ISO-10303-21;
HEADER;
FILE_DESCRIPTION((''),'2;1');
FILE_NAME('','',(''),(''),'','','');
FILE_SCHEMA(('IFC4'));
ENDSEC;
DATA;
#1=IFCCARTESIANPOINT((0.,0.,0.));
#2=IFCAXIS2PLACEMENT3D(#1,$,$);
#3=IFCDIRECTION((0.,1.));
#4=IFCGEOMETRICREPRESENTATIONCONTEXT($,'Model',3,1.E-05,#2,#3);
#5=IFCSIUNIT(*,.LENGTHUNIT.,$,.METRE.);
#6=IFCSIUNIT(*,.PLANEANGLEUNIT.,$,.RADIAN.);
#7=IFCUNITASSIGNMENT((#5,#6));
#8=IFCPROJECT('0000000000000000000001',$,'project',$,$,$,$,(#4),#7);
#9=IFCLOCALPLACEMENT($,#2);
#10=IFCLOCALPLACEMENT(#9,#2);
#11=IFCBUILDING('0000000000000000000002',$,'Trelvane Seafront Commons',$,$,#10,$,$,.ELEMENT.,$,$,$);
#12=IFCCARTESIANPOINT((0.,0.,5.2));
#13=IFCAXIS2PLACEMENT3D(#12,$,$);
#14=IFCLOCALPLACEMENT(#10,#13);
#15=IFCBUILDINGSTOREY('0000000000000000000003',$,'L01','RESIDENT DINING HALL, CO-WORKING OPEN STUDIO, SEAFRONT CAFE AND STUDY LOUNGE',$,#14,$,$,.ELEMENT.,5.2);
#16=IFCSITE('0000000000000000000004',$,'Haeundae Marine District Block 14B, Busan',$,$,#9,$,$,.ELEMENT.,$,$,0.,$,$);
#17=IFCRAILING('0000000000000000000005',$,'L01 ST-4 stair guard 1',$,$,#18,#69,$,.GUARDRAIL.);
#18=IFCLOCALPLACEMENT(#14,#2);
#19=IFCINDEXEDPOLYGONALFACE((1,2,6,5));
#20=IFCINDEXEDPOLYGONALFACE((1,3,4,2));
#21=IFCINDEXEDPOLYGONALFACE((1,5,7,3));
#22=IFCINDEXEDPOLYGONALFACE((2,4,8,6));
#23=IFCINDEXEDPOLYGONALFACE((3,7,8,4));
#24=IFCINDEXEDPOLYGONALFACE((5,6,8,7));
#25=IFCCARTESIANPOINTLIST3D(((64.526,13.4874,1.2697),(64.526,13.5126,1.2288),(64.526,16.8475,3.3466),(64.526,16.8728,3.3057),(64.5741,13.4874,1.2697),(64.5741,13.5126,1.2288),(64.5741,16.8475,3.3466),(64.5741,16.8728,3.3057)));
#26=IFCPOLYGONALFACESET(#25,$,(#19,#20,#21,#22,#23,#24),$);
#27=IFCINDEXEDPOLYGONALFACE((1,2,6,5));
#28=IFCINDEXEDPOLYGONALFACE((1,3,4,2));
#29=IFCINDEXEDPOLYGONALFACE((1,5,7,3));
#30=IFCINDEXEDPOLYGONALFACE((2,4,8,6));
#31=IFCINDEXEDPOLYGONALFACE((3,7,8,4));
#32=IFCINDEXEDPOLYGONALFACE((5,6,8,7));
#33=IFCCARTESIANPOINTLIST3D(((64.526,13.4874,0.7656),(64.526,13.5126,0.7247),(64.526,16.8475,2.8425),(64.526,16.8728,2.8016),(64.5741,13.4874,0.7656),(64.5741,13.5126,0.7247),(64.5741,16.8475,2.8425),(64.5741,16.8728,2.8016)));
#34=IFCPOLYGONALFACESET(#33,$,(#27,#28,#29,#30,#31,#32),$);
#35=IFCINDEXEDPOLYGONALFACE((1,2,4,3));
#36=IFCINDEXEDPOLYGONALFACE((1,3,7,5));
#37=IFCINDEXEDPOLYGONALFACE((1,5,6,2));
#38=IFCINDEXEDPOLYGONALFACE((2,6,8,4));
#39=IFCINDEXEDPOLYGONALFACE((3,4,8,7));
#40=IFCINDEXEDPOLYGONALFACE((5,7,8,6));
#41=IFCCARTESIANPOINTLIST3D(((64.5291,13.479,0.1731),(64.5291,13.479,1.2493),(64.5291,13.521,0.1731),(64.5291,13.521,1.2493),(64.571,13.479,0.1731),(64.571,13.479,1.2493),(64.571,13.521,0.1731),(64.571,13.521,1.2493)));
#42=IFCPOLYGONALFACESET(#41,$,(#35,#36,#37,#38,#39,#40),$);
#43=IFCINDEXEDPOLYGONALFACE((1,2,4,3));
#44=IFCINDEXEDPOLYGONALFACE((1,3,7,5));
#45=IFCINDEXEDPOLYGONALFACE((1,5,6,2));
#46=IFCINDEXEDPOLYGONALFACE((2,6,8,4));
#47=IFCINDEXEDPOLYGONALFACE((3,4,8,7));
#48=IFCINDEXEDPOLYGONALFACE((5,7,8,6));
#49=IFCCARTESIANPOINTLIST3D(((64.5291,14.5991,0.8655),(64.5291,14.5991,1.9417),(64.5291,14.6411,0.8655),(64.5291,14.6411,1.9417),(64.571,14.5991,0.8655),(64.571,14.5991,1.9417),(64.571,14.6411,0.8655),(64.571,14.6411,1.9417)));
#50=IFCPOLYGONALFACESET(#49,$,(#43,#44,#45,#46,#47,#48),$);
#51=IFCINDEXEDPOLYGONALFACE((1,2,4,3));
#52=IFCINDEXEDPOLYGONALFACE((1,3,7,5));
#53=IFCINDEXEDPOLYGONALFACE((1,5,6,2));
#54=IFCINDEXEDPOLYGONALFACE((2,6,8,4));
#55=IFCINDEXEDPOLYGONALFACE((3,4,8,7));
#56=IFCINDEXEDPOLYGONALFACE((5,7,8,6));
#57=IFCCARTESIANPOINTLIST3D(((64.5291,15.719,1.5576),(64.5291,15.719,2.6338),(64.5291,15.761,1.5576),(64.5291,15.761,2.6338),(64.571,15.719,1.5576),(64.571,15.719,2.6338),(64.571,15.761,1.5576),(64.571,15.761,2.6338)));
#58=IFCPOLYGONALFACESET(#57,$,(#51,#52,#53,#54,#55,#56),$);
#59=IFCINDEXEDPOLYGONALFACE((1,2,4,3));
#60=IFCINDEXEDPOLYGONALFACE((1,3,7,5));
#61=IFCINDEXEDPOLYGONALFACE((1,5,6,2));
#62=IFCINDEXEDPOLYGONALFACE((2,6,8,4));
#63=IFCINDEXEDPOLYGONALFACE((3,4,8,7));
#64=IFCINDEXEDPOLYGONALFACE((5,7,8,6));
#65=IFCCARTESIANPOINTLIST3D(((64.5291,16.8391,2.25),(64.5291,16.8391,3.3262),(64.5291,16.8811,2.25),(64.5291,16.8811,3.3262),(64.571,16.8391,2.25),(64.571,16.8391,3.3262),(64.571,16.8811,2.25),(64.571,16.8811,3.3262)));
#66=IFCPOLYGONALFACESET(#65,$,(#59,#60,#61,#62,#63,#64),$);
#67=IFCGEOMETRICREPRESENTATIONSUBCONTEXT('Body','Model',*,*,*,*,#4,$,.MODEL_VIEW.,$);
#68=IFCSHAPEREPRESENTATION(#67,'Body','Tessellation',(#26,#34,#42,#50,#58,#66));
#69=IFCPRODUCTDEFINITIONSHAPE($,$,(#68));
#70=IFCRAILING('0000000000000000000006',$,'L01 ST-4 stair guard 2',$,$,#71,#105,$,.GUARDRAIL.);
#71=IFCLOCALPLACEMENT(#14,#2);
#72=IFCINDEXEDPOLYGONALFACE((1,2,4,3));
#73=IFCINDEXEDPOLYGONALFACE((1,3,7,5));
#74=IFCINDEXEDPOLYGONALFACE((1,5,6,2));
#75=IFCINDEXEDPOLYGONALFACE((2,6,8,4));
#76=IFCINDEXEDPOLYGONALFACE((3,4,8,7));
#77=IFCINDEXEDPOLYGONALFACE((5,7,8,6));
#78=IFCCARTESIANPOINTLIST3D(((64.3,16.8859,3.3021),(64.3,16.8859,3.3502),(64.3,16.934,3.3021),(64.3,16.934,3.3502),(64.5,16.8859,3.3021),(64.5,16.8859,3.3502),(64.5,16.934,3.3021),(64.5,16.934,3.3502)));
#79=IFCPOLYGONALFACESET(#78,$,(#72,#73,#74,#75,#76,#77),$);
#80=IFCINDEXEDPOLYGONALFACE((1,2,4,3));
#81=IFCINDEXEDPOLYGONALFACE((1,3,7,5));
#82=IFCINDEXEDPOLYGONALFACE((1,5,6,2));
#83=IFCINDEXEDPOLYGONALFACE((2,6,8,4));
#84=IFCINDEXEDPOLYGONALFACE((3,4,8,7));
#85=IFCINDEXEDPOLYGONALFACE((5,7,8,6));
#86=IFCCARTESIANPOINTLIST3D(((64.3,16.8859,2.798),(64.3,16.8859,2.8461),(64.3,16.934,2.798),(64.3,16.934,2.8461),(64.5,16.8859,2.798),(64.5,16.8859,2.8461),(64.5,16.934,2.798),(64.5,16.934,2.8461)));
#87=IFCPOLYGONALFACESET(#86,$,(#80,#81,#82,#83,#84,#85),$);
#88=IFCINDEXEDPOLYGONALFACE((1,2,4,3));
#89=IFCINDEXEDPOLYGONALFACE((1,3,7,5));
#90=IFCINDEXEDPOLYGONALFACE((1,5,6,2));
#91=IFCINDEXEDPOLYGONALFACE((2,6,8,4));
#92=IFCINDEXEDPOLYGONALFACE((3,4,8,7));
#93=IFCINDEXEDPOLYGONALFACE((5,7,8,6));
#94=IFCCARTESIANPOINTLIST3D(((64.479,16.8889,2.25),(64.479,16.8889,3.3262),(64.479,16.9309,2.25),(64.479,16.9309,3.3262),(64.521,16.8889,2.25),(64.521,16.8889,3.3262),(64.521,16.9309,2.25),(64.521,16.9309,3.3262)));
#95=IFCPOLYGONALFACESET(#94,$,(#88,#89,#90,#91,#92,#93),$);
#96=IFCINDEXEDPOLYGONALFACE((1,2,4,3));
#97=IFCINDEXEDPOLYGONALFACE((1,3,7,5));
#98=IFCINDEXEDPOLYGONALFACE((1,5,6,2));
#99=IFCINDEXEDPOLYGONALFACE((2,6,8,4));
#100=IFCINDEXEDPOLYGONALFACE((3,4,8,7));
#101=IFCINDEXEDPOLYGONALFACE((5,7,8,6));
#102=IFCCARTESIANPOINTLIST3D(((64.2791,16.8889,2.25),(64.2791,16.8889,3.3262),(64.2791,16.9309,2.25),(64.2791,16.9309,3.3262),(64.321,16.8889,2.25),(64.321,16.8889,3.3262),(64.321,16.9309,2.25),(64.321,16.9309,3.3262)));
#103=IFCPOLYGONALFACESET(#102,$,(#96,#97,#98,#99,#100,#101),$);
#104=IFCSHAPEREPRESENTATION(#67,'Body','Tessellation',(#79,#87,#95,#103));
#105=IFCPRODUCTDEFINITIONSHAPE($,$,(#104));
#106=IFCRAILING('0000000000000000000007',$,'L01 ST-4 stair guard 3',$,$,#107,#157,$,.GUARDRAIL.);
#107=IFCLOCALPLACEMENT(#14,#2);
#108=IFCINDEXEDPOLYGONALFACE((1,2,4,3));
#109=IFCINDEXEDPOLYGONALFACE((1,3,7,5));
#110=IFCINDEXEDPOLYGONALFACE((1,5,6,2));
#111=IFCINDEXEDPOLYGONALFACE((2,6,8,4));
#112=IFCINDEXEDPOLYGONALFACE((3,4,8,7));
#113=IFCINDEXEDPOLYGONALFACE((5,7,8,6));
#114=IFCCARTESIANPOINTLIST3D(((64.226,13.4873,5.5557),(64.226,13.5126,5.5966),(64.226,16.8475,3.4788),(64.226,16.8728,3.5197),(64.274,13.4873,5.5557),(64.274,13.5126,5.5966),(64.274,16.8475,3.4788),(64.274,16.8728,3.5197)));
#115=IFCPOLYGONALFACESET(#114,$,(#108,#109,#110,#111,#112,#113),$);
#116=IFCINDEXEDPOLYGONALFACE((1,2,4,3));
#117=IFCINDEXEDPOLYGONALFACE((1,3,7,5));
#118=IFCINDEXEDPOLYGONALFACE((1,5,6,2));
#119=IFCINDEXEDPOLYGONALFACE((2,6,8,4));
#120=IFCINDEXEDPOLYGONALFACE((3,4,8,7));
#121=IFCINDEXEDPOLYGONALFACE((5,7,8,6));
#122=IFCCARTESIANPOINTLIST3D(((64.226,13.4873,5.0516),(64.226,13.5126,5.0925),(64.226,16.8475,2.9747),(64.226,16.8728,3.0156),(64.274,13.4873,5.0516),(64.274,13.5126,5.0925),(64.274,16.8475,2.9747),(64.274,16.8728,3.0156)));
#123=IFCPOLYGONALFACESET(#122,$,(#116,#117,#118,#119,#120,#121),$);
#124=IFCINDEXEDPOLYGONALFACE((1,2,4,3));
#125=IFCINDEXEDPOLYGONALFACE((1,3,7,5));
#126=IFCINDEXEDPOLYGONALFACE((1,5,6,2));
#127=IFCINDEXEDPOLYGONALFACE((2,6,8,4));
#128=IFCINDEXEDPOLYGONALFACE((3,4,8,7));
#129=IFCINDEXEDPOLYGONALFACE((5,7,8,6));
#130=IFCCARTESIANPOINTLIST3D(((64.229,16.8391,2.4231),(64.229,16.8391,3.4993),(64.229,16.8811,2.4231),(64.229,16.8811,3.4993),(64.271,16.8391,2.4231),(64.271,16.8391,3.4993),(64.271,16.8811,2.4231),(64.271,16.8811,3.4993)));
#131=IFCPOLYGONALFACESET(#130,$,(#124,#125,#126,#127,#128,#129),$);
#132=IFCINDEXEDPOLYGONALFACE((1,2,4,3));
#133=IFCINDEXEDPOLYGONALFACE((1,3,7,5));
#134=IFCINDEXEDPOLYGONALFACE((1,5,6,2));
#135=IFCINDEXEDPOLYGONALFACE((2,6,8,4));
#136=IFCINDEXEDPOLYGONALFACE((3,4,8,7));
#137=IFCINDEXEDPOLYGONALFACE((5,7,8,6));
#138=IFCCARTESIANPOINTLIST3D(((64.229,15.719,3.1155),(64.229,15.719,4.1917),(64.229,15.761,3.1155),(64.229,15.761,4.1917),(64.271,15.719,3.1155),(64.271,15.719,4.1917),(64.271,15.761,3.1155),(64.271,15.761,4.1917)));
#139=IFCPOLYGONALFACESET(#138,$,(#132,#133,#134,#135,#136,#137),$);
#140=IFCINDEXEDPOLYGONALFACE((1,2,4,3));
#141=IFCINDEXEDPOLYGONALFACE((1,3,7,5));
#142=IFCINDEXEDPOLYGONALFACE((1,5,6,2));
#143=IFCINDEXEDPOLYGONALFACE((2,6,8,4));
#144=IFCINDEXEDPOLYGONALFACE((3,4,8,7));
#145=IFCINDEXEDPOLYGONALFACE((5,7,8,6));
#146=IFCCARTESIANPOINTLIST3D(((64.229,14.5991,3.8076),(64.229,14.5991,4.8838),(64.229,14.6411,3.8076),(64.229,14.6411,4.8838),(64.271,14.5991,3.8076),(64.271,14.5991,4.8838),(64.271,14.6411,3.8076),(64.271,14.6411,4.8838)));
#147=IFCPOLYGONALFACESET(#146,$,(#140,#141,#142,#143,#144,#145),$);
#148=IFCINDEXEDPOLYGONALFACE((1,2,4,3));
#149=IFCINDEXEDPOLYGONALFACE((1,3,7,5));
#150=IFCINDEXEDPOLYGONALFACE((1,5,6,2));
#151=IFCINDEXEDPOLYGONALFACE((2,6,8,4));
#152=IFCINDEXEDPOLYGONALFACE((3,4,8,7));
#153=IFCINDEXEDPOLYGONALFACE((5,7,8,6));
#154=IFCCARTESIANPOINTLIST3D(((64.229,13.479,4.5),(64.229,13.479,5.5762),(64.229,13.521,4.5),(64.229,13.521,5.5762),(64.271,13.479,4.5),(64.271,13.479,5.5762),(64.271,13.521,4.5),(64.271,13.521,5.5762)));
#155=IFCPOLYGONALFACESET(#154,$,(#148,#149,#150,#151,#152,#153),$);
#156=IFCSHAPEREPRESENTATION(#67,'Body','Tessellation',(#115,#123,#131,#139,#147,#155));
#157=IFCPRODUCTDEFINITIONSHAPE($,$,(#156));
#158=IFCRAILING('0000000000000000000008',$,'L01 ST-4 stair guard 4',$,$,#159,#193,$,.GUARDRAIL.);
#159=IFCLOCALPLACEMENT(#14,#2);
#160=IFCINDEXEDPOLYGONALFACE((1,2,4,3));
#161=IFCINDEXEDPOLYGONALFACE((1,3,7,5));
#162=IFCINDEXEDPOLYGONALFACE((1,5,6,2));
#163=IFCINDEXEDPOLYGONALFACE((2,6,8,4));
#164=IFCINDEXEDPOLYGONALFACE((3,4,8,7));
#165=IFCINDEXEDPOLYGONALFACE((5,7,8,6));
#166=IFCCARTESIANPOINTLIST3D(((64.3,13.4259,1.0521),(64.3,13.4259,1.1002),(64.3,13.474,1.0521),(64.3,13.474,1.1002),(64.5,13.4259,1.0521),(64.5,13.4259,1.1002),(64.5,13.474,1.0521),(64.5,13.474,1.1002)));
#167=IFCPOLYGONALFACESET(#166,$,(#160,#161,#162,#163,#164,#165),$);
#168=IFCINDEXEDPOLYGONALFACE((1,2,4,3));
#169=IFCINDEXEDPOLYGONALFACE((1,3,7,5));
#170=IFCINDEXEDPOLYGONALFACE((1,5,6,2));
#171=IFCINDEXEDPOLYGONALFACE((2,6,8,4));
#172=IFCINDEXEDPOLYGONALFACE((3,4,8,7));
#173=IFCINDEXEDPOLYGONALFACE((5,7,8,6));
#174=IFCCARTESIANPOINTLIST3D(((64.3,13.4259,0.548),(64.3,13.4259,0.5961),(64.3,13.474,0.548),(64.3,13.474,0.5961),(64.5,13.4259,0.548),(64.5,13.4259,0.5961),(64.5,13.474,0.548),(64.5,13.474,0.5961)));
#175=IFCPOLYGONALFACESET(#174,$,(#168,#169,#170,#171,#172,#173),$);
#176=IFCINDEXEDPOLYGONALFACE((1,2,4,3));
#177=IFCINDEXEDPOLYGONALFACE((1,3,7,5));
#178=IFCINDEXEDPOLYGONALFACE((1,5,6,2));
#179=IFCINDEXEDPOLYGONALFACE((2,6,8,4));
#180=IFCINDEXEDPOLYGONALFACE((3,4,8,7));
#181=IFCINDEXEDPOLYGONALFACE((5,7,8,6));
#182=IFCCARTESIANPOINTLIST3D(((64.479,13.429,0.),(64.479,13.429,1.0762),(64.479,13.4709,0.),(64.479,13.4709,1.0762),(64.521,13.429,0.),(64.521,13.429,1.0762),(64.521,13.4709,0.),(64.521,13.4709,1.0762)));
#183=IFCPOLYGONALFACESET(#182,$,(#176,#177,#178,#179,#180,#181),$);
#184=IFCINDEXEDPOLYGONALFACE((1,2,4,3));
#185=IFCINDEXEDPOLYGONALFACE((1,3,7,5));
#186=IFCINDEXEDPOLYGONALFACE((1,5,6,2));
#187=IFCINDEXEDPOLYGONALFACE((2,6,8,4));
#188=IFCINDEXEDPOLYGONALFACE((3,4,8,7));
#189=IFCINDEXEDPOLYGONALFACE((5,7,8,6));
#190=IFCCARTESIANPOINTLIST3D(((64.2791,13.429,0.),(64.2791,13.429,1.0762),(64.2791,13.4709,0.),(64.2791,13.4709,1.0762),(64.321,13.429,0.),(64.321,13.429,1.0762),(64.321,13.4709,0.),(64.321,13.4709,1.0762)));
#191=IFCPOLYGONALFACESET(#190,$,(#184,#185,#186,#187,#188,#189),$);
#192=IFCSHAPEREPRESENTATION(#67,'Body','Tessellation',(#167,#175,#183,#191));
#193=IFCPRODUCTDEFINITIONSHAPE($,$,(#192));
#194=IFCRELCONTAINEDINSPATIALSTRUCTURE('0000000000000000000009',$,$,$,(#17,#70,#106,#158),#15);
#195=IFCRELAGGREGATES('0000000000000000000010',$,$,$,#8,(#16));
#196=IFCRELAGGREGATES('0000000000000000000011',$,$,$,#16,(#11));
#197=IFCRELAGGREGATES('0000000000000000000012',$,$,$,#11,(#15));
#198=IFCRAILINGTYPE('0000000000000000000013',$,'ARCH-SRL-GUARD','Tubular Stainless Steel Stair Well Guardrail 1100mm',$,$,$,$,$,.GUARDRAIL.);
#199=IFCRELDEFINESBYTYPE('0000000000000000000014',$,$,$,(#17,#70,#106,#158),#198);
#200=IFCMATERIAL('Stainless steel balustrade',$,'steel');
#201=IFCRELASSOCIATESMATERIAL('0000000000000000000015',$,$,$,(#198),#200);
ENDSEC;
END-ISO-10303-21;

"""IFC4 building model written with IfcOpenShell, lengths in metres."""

from ifc_helpers import new_model, si_unit, direction, frame, origin, origin_2d, place, context, subcontext, project, spatial, rectangle, extrude, material, type_object, element, save


model = new_model("IFC4")

# Units and contexts
model_context = context("Model", 3, precision=1e-05, world=origin(), true_north=direction((0.0, 1.0)))
body_context = subcontext(model_context, "Body", "Model", "MODEL_VIEW")
ifc_project = project(units=[si_unit("LENGTHUNIT", "METRE"), si_unit("PLANEANGLEUNIT", "RADIAN")], contexts=[model_context])

# Site, building, storey
site_placement = place(None, origin())
site = spatial("IfcSite", under=ifc_project, at=site_placement, Name="Haeundae Marine District Block 14B, Busan", CompositionType="ELEMENT", RefElevation=0.0)
building_placement = place(site_placement, origin())
building = spatial("IfcBuilding", under=site, at=building_placement, Name="Trelvane Seafront Commons", CompositionType="ELEMENT")
storey_placement = place(building_placement, frame((0.0, 0.0, 5.2)))
storey = spatial("IfcBuildingStorey", under=building, at=storey_placement, Name="L01", Description="RESIDENT DINING HALL, CO-WORKING OPEN STUDIO, SEAFRONT CAFE AND STUDY LOUNGE", CompositionType="ELEMENT", Elevation=5.2)

# Railings
ifc_material_1 = material(Name="Stainless steel balustrade", Category="steel")
railing_type_1 = type_object("IfcRailingType", Name="ARCH-SRL-GUARD", Description="Tubular Stainless Steel Stair Well Guardrail 1100mm", PredefinedType="GUARDRAIL", material=ifc_material_1)
railing_1_placement = place(storey_placement, frame((64.55, 13.5, 0.1731)))
element("IfcRailing", 1, at=railing_1_placement, inside=storey, type_object=railing_type_1, Name="L01 ST-4 stair guard 1", PredefinedType="GUARDRAIL", context=body_context, shape_type="SweptSolid", body=[
    extrude(rectangle(XDim=0.0481, YDim=0.0481, at=origin_2d()), frame((0.0, 0.0, 1.0762), z_axis=(0.0, 0.850623, 0.525776), x_axis=(-1.0, 0.0, 0.0)), (0.0, 0.0, 1.0), 3.9502),
    extrude(rectangle(XDim=0.0481, YDim=0.0481, at=origin_2d()), frame((0.0, 0.0, 0.572), z_axis=(0.0, 0.850623, 0.525776), x_axis=(-1.0, 0.0, 0.0)), (0.0, 0.0, 1.0), 3.9502),
    extrude(rectangle(XDim=0.042, YDim=0.042, at=origin_2d()), origin(), (0.0, 0.0, 1.0), 1.0762),
    extrude(rectangle(XDim=0.042, YDim=0.042, at=origin_2d()), frame((0.0, 1.1201, 0.6924)), (0.0, 0.0, 1.0), 1.0762),
    extrude(rectangle(XDim=0.042, YDim=0.042, at=origin_2d()), frame((0.0, 2.24, 1.3845)), (0.0, 0.0, 1.0), 1.0762),
    extrude(rectangle(XDim=0.042, YDim=0.042, at=origin_2d()), frame((0.0, 3.3601, 2.0769)), (0.0, 0.0, 1.0), 1.0762),
])
railing_2_placement = place(storey_placement, frame((64.5, 16.9099, 2.25)))
element("IfcRailing", 2, at=railing_2_placement, inside=storey, type_object=railing_type_1, Name="L01 ST-4 stair guard 2", PredefinedType="GUARDRAIL", context=body_context, shape_type="SweptSolid", body=[
    extrude(rectangle(XDim=0.0481, YDim=0.0481, at=origin_2d()), frame((0.0, 0.0, 1.0762), z_axis=(-1.0, 0.0, 0.0), x_axis=(0.0, -1.0, 0.0)), (0.0, 0.0, 1.0), 0.2),
    extrude(rectangle(XDim=0.0481, YDim=0.0481, at=origin_2d()), frame((0.0, 0.0, 0.572), z_axis=(-1.0, 0.0, 0.0), x_axis=(0.0, -1.0, 0.0)), (0.0, 0.0, 1.0), 0.2),
    extrude(rectangle(XDim=0.042, YDim=0.042, at=origin_2d()), origin(), (0.0, 0.0, 1.0), 1.0762),
    extrude(rectangle(XDim=0.042, YDim=0.042, at=origin_2d()), frame((-0.2, 0.0, 0.0)), (0.0, 0.0, 1.0), 1.0762),
])
railing_3_placement = place(storey_placement, frame((64.25, 16.8601, 2.4231)))
element("IfcRailing", 3, at=railing_3_placement, inside=storey, type_object=railing_type_1, Name="L01 ST-4 stair guard 3", PredefinedType="GUARDRAIL", context=body_context, shape_type="SweptSolid", body=[
    extrude(rectangle(XDim=0.0481, YDim=0.0481, at=origin_2d()), frame((0.0, 0.0, 1.0762), z_axis=(0.0, -0.850623, 0.525776), x_axis=(1.0, 0.0, 0.0)), (0.0, 0.0, 1.0), 3.9502),
    extrude(rectangle(XDim=0.0481, YDim=0.0481, at=origin_2d()), frame((0.0, 0.0, 0.572), z_axis=(0.0, -0.850623, 0.525776), x_axis=(1.0, 0.0, 0.0)), (0.0, 0.0, 1.0), 3.9502),
    extrude(rectangle(XDim=0.042, YDim=0.042, at=origin_2d()), origin(), (0.0, 0.0, 1.0), 1.0762),
    extrude(rectangle(XDim=0.042, YDim=0.042, at=origin_2d()), frame((0.0, -1.1201, 0.6924)), (0.0, 0.0, 1.0), 1.0762),
    extrude(rectangle(XDim=0.042, YDim=0.042, at=origin_2d()), frame((0.0, -2.24, 1.3845)), (0.0, 0.0, 1.0), 1.0762),
    extrude(rectangle(XDim=0.042, YDim=0.042, at=origin_2d()), frame((0.0, -3.3601, 2.0769)), (0.0, 0.0, 1.0), 1.0762),
])
railing_4_placement = place(storey_placement, frame((64.5, 13.45, 0.0)))
element("IfcRailing", 4, at=railing_4_placement, inside=storey, type_object=railing_type_1, Name="L01 ST-4 stair guard 4", PredefinedType="GUARDRAIL", context=body_context, shape_type="SweptSolid", body=[
    extrude(rectangle(XDim=0.0481, YDim=0.0481, at=origin_2d()), frame((0.0, 0.0, 1.0762), z_axis=(-1.0, 0.0, 0.0), x_axis=(0.0, -1.0, 0.0)), (0.0, 0.0, 1.0), 0.2),
    extrude(rectangle(XDim=0.0481, YDim=0.0481, at=origin_2d()), frame((0.0, 0.0, 0.572), z_axis=(-1.0, 0.0, 0.0), x_axis=(0.0, -1.0, 0.0)), (0.0, 0.0, 1.0), 0.2),
    extrude(rectangle(XDim=0.042, YDim=0.042, at=origin_2d()), origin(), (0.0, 0.0, 1.0), 1.0762),
    extrude(rectangle(XDim=0.042, YDim=0.042, at=origin_2d()), frame((-0.2, 0.0, 0.0)), (0.0, 0.0, 1.0), 1.0762),
])

save(model, "model.ifc")
